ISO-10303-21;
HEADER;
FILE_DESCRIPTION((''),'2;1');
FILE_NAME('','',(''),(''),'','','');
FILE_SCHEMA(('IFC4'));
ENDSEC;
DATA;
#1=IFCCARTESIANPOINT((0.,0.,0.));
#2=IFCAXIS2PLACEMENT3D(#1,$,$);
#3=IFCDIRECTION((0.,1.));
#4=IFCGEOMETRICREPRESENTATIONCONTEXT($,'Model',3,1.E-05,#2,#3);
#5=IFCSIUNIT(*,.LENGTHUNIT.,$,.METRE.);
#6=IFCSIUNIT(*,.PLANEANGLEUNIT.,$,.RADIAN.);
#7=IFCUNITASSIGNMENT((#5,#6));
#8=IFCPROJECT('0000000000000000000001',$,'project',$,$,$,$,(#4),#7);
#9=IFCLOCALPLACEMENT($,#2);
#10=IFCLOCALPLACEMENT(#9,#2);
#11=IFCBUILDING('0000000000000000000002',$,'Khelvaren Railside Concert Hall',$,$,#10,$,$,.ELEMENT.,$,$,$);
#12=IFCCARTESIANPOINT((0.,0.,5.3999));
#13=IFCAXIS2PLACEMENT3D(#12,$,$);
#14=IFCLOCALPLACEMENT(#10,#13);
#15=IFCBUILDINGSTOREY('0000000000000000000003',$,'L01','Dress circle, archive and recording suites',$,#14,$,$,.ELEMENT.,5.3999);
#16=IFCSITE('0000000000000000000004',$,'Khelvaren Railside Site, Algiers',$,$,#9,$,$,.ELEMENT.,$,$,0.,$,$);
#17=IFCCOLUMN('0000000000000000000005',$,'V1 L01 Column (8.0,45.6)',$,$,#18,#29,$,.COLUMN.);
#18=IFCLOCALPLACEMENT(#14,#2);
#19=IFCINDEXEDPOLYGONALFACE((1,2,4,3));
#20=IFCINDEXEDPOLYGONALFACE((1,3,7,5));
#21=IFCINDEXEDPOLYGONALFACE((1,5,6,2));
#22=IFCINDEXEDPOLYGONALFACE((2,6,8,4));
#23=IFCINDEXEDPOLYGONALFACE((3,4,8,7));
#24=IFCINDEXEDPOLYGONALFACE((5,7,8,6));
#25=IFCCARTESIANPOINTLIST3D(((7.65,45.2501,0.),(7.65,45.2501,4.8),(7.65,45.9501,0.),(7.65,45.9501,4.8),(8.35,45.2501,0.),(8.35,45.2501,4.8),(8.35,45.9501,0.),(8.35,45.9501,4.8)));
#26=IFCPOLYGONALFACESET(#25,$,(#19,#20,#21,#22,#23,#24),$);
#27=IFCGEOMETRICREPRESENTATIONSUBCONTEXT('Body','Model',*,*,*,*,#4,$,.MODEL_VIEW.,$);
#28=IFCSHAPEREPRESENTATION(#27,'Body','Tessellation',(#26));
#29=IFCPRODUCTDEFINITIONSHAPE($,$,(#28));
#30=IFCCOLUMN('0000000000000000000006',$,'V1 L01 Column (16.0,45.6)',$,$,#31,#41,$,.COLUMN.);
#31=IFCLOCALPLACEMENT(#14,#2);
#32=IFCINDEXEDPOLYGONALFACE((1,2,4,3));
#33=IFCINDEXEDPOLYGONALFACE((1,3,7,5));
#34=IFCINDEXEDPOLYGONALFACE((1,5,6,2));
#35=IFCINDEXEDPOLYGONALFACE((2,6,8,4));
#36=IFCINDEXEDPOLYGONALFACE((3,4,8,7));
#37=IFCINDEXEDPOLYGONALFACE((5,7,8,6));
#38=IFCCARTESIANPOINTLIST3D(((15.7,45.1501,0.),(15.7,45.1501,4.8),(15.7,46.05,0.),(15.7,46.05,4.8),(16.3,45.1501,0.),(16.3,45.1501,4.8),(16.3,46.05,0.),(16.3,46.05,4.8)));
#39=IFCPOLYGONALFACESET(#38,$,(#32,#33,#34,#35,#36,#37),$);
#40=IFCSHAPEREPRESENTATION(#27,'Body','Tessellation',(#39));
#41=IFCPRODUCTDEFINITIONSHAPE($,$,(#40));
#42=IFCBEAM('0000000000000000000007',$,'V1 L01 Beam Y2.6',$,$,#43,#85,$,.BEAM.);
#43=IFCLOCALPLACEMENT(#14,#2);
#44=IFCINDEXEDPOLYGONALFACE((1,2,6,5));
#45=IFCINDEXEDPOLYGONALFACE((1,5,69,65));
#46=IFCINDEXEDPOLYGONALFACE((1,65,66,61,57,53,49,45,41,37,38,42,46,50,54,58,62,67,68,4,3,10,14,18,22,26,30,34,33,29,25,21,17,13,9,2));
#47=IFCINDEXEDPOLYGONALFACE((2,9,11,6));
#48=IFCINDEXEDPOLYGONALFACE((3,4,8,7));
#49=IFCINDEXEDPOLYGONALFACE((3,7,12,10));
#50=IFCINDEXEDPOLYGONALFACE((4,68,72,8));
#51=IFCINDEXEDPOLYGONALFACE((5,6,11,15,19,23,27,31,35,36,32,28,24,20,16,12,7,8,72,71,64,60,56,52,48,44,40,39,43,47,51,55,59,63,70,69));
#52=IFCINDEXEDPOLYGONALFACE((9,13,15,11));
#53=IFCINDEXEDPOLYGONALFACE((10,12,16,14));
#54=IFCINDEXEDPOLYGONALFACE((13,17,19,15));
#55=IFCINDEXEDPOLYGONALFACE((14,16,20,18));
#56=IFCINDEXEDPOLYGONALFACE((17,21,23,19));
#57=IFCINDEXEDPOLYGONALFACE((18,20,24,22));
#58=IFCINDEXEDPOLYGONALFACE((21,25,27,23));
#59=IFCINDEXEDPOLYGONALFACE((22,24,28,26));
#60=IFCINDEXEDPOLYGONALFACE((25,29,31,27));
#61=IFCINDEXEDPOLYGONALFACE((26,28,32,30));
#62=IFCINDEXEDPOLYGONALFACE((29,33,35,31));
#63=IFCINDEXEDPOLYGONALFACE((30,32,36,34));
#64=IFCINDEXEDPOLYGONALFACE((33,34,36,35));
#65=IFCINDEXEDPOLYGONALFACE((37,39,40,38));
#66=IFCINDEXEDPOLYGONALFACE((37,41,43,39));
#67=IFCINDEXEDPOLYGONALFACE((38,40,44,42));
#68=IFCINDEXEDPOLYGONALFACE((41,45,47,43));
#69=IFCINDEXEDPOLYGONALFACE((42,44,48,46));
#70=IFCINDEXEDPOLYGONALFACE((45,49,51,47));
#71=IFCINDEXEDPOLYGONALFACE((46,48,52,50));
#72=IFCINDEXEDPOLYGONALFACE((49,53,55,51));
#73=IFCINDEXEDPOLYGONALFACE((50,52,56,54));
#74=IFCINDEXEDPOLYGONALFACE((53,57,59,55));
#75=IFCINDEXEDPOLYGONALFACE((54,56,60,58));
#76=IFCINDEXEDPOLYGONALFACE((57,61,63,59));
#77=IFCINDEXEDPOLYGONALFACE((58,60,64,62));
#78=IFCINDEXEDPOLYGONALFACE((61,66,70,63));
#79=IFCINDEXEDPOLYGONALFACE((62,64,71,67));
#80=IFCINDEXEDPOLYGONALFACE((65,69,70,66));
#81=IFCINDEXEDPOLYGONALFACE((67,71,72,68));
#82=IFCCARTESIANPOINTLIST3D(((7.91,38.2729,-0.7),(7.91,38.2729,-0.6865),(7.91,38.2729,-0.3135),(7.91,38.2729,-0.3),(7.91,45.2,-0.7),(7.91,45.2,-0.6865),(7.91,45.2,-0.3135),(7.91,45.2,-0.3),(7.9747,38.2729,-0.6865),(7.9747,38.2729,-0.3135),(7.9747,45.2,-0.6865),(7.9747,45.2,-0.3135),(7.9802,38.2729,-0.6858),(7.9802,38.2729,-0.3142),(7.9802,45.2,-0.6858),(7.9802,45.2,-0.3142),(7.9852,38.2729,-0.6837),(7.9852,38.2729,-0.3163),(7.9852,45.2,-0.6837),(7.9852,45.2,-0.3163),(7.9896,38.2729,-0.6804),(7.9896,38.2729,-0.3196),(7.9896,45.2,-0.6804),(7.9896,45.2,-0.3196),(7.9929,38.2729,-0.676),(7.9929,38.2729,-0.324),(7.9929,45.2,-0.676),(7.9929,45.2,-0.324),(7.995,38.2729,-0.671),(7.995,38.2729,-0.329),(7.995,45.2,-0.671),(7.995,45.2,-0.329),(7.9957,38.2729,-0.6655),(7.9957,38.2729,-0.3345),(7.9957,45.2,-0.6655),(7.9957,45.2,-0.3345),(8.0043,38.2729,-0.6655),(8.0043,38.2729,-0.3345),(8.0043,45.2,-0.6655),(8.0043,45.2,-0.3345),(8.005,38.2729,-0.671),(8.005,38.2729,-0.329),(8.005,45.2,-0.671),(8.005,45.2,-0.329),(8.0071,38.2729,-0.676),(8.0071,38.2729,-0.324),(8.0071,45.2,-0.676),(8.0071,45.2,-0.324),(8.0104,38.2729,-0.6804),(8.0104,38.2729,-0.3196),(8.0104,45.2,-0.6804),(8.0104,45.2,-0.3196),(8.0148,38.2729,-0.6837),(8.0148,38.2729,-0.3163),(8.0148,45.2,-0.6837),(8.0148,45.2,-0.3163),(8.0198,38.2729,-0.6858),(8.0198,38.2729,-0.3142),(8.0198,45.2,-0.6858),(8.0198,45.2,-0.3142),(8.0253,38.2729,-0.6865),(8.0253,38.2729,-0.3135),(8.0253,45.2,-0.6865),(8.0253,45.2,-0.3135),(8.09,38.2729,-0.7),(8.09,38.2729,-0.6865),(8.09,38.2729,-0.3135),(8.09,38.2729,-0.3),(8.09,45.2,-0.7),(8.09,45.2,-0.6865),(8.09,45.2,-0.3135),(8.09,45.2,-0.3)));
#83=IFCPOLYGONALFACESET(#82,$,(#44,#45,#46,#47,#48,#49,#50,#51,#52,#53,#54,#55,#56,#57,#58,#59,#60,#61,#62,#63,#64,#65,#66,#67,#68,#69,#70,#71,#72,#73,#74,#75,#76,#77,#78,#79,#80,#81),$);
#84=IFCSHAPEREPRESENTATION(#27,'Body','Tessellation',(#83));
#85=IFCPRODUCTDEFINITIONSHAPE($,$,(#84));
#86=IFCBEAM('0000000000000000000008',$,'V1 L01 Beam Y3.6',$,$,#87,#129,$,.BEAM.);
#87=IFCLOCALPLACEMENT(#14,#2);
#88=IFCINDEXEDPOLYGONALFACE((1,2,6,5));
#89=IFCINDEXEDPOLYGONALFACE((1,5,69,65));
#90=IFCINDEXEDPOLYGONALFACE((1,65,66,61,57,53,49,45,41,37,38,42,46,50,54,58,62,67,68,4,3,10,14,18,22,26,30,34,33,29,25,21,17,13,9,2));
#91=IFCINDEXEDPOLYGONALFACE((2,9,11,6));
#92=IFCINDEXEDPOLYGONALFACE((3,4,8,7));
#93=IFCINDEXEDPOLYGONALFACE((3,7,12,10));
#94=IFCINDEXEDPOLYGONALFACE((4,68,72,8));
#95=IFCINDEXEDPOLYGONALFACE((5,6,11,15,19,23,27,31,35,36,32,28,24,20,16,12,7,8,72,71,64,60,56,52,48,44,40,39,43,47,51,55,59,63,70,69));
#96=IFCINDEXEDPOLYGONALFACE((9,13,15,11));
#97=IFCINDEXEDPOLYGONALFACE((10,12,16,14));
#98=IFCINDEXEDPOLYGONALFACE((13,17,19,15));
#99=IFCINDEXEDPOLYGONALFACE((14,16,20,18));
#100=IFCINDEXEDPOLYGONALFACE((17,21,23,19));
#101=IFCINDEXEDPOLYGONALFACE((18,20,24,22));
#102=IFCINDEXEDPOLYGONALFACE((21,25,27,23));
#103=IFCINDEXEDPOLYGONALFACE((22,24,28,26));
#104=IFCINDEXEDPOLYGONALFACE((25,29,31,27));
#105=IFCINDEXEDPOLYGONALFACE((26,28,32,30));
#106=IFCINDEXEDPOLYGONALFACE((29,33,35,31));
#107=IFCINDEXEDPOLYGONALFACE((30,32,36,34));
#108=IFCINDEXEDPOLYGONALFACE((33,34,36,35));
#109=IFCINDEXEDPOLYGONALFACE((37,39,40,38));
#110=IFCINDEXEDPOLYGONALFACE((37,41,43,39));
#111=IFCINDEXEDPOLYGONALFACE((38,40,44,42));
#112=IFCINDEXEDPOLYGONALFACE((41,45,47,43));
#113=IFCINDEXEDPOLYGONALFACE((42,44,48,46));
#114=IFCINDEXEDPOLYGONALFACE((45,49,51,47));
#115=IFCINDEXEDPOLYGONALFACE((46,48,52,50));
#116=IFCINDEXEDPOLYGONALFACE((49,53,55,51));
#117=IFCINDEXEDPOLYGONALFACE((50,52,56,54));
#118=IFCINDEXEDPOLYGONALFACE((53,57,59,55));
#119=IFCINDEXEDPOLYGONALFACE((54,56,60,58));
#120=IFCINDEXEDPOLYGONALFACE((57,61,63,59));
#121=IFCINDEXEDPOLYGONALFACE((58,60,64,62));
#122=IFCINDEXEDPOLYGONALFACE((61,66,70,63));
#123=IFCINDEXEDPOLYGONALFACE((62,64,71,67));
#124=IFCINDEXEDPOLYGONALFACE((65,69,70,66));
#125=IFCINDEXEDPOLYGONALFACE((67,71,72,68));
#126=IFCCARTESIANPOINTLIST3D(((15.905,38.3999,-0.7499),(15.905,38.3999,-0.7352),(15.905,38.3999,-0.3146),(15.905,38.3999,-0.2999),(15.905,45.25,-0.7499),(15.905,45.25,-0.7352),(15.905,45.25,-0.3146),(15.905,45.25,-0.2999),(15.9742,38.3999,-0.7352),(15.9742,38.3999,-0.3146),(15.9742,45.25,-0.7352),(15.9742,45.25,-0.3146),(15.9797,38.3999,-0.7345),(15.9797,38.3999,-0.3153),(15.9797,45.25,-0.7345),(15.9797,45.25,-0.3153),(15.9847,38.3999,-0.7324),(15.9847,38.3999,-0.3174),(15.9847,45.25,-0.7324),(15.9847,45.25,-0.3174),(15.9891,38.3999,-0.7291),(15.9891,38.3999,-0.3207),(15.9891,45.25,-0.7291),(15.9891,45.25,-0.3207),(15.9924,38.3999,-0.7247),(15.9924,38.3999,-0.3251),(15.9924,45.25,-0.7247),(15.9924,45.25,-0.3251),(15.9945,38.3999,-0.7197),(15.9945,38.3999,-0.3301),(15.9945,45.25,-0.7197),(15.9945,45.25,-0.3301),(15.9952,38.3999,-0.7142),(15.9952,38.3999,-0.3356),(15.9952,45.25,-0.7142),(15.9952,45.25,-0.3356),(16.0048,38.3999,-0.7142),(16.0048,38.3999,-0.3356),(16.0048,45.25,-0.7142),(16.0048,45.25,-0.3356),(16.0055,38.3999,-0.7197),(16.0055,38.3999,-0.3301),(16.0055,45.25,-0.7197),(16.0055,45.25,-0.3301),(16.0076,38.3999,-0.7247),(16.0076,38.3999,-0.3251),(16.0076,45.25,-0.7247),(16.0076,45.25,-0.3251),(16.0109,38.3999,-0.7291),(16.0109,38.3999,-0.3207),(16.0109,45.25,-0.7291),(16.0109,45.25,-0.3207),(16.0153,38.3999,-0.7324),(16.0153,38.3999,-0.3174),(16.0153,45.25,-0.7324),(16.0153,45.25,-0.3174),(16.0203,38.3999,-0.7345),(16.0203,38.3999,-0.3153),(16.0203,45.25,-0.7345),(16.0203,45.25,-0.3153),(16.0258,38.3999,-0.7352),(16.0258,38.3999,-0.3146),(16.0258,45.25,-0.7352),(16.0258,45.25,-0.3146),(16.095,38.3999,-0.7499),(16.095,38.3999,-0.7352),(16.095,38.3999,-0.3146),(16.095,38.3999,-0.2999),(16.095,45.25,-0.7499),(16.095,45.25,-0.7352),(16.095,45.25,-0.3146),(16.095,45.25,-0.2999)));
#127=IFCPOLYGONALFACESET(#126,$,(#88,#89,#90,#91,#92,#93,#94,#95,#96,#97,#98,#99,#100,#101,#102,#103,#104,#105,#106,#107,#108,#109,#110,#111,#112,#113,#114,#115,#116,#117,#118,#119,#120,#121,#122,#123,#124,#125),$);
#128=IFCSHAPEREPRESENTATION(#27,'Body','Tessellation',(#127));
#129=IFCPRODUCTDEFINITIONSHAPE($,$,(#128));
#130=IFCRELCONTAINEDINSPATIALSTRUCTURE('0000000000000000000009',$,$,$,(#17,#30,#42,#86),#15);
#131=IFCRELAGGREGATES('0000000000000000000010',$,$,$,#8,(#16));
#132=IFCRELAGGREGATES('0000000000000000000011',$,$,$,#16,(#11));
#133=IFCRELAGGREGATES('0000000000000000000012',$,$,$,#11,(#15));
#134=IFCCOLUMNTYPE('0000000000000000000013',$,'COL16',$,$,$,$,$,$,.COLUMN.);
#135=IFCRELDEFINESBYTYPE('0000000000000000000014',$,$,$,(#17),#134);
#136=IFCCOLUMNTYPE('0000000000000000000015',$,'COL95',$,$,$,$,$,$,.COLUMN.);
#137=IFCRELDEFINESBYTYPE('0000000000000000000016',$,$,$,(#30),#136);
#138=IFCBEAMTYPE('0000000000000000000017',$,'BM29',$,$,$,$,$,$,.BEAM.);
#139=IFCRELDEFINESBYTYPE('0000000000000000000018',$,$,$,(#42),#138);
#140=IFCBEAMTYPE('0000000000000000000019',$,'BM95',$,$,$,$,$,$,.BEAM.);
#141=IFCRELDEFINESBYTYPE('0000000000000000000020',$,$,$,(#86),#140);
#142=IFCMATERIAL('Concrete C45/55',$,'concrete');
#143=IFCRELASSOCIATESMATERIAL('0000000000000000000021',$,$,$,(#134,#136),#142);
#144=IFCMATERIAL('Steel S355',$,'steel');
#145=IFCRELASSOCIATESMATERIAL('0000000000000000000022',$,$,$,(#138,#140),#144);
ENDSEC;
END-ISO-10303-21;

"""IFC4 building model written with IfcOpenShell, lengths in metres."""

from ifc_helpers import new_model, si_unit, direction, frame, origin, origin_2d, place, context, subcontext, project, spatial, rectangle, i_section, extrude, material, material_profile, profile_set, type_object, element, save


model = new_model("IFC4")

# Units and contexts
model_context = context("Model", 3, precision=1e-05, world=origin(), true_north=direction((0.0, 1.0)))
body_context = subcontext(model_context, "Body", "Model", "MODEL_VIEW")
ifc_project = project(units=[si_unit("LENGTHUNIT", "METRE"), si_unit("PLANEANGLEUNIT", "RADIAN")], contexts=[model_context])

# Site, building, storey
site_placement = place(None, origin())
site = spatial("IfcSite", under=ifc_project, at=site_placement, Name="Khelvaren Railside Site, Algiers", CompositionType="ELEMENT", RefElevation=0.0)
building_placement = place(site_placement, origin())
building = spatial("IfcBuilding", under=site, at=building_placement, Name="Khelvaren Railside Concert Hall", CompositionType="ELEMENT")
storey_placement = place(building_placement, frame((0.0, 0.0, 5.3999)))
storey = spatial("IfcBuildingStorey", under=building, at=storey_placement, Name="L01", Description="Dress circle, archive and recording suites", CompositionType="ELEMENT", Elevation=5.3999)

# Columns
ifc_material_1 = material(Name="Concrete C45/55", Category="concrete")
ifc_material_profile_1 = material_profile(ifc_material_1, rectangle(XDim=0.7, YDim=0.7, at=origin_2d()), Name="RC 700x700")
ifc_profile_set_1 = profile_set([ifc_material_profile_1], Name="Concrete C45/55")
column_type_1 = type_object("IfcColumnType", Name="COL16", PredefinedType="COLUMN", material=ifc_profile_set_1)
column_1_placement = place(storey_placement, frame((8.0, 45.6001, 0.0), z_axis=(0.0, 0.0, 1.0), x_axis=(1.0, 0.0, 0.0)))
element("IfcColumn", 1, at=column_1_placement, inside=storey, type_object=column_type_1, Name="V1 L01 Column (8.0,45.6)", PredefinedType="COLUMN", context=body_context, shape_type="SweptSolid", body=[
    extrude(rectangle(XDim=0.7, YDim=0.7, at=origin_2d()), origin(), (0.0, 0.0, 1.0), 4.8),
])
ifc_material_profile_2 = material_profile(ifc_material_1, rectangle(XDim=0.6001, YDim=0.8999, at=origin_2d()), Name="RC 600x900")
ifc_profile_set_2 = profile_set([ifc_material_profile_2], Name="Concrete C45/55")
column_type_2 = type_object("IfcColumnType", Name="COL95", PredefinedType="COLUMN", material=ifc_profile_set_2)
column_2_placement = place(storey_placement, frame((16.0, 45.6001, 0.0), z_axis=(0.0, 0.0, 1.0), x_axis=(1.0, 0.0, 0.0)))
element("IfcColumn", 2, at=column_2_placement, inside=storey, type_object=column_type_2, Name="V1 L01 Column (16.0,45.6)", PredefinedType="COLUMN", context=body_context, shape_type="SweptSolid", body=[
    extrude(rectangle(XDim=0.6001, YDim=0.8999, at=origin_2d()), origin(), (0.0, 0.0, 1.0), 4.8),
])

# Beams
ifc_material_2 = material(Name="Steel S355", Category="steel")
ifc_material_profile_3 = material_profile(ifc_material_2, i_section(OverallWidth=0.1799, OverallDepth=0.3999, WebThickness=0.0085, FlangeThickness=0.0134, FilletRadius=0.021, at=origin_2d()), Name="IPE 400")
ifc_profile_set_3 = profile_set([ifc_material_profile_3], Name="Steel S355")
beam_type_1 = type_object("IfcBeamType", Name="BM29", PredefinedType="BEAM", material=ifc_profile_set_3)
beam_1_placement = place(storey_placement, frame((8.0, 38.2729, -0.5), z_axis=(0.0, 1.0, 0.0), x_axis=(-1.0, 0.0, 0.0)))
element("IfcBeam", 3, at=beam_1_placement, inside=storey, type_object=beam_type_1, Name="V1 L01 Beam Y2.6", PredefinedType="BEAM", context=body_context, shape_type="SweptSolid", body=[
    extrude(i_section(OverallWidth=0.1799, OverallDepth=0.3999, WebThickness=0.0085, FlangeThickness=0.0134, FilletRadius=0.021, at=origin_2d()), origin(), (0.0, 0.0, 1.0), 6.927),
])
ifc_material_profile_4 = material_profile(ifc_material_2, i_section(OverallWidth=0.1899, OverallDepth=0.45, WebThickness=0.0095, FlangeThickness=0.0146, FilletRadius=0.021, at=origin_2d()), Name="IPE 450")
ifc_profile_set_4 = profile_set([ifc_material_profile_4], Name="Steel S355")
beam_type_2 = type_object("IfcBeamType", Name="BM95", PredefinedType="BEAM", material=ifc_profile_set_4)
beam_2_placement = place(storey_placement, frame((16.0, 38.3999, -0.5249), z_axis=(0.0, 1.0, 0.0), x_axis=(-1.0, 0.0, 0.0)))
element("IfcBeam", 4, at=beam_2_placement, inside=storey, type_object=beam_type_2, Name="V1 L01 Beam Y3.6", PredefinedType="BEAM", context=body_context, shape_type="SweptSolid", body=[
    extrude(i_section(OverallWidth=0.1899, OverallDepth=0.45, WebThickness=0.0095, FlangeThickness=0.0146, FilletRadius=0.021, at=origin_2d()), origin(), (0.0, 0.0, 1.0), 6.8501),
])

save(model, "model.ifc")
